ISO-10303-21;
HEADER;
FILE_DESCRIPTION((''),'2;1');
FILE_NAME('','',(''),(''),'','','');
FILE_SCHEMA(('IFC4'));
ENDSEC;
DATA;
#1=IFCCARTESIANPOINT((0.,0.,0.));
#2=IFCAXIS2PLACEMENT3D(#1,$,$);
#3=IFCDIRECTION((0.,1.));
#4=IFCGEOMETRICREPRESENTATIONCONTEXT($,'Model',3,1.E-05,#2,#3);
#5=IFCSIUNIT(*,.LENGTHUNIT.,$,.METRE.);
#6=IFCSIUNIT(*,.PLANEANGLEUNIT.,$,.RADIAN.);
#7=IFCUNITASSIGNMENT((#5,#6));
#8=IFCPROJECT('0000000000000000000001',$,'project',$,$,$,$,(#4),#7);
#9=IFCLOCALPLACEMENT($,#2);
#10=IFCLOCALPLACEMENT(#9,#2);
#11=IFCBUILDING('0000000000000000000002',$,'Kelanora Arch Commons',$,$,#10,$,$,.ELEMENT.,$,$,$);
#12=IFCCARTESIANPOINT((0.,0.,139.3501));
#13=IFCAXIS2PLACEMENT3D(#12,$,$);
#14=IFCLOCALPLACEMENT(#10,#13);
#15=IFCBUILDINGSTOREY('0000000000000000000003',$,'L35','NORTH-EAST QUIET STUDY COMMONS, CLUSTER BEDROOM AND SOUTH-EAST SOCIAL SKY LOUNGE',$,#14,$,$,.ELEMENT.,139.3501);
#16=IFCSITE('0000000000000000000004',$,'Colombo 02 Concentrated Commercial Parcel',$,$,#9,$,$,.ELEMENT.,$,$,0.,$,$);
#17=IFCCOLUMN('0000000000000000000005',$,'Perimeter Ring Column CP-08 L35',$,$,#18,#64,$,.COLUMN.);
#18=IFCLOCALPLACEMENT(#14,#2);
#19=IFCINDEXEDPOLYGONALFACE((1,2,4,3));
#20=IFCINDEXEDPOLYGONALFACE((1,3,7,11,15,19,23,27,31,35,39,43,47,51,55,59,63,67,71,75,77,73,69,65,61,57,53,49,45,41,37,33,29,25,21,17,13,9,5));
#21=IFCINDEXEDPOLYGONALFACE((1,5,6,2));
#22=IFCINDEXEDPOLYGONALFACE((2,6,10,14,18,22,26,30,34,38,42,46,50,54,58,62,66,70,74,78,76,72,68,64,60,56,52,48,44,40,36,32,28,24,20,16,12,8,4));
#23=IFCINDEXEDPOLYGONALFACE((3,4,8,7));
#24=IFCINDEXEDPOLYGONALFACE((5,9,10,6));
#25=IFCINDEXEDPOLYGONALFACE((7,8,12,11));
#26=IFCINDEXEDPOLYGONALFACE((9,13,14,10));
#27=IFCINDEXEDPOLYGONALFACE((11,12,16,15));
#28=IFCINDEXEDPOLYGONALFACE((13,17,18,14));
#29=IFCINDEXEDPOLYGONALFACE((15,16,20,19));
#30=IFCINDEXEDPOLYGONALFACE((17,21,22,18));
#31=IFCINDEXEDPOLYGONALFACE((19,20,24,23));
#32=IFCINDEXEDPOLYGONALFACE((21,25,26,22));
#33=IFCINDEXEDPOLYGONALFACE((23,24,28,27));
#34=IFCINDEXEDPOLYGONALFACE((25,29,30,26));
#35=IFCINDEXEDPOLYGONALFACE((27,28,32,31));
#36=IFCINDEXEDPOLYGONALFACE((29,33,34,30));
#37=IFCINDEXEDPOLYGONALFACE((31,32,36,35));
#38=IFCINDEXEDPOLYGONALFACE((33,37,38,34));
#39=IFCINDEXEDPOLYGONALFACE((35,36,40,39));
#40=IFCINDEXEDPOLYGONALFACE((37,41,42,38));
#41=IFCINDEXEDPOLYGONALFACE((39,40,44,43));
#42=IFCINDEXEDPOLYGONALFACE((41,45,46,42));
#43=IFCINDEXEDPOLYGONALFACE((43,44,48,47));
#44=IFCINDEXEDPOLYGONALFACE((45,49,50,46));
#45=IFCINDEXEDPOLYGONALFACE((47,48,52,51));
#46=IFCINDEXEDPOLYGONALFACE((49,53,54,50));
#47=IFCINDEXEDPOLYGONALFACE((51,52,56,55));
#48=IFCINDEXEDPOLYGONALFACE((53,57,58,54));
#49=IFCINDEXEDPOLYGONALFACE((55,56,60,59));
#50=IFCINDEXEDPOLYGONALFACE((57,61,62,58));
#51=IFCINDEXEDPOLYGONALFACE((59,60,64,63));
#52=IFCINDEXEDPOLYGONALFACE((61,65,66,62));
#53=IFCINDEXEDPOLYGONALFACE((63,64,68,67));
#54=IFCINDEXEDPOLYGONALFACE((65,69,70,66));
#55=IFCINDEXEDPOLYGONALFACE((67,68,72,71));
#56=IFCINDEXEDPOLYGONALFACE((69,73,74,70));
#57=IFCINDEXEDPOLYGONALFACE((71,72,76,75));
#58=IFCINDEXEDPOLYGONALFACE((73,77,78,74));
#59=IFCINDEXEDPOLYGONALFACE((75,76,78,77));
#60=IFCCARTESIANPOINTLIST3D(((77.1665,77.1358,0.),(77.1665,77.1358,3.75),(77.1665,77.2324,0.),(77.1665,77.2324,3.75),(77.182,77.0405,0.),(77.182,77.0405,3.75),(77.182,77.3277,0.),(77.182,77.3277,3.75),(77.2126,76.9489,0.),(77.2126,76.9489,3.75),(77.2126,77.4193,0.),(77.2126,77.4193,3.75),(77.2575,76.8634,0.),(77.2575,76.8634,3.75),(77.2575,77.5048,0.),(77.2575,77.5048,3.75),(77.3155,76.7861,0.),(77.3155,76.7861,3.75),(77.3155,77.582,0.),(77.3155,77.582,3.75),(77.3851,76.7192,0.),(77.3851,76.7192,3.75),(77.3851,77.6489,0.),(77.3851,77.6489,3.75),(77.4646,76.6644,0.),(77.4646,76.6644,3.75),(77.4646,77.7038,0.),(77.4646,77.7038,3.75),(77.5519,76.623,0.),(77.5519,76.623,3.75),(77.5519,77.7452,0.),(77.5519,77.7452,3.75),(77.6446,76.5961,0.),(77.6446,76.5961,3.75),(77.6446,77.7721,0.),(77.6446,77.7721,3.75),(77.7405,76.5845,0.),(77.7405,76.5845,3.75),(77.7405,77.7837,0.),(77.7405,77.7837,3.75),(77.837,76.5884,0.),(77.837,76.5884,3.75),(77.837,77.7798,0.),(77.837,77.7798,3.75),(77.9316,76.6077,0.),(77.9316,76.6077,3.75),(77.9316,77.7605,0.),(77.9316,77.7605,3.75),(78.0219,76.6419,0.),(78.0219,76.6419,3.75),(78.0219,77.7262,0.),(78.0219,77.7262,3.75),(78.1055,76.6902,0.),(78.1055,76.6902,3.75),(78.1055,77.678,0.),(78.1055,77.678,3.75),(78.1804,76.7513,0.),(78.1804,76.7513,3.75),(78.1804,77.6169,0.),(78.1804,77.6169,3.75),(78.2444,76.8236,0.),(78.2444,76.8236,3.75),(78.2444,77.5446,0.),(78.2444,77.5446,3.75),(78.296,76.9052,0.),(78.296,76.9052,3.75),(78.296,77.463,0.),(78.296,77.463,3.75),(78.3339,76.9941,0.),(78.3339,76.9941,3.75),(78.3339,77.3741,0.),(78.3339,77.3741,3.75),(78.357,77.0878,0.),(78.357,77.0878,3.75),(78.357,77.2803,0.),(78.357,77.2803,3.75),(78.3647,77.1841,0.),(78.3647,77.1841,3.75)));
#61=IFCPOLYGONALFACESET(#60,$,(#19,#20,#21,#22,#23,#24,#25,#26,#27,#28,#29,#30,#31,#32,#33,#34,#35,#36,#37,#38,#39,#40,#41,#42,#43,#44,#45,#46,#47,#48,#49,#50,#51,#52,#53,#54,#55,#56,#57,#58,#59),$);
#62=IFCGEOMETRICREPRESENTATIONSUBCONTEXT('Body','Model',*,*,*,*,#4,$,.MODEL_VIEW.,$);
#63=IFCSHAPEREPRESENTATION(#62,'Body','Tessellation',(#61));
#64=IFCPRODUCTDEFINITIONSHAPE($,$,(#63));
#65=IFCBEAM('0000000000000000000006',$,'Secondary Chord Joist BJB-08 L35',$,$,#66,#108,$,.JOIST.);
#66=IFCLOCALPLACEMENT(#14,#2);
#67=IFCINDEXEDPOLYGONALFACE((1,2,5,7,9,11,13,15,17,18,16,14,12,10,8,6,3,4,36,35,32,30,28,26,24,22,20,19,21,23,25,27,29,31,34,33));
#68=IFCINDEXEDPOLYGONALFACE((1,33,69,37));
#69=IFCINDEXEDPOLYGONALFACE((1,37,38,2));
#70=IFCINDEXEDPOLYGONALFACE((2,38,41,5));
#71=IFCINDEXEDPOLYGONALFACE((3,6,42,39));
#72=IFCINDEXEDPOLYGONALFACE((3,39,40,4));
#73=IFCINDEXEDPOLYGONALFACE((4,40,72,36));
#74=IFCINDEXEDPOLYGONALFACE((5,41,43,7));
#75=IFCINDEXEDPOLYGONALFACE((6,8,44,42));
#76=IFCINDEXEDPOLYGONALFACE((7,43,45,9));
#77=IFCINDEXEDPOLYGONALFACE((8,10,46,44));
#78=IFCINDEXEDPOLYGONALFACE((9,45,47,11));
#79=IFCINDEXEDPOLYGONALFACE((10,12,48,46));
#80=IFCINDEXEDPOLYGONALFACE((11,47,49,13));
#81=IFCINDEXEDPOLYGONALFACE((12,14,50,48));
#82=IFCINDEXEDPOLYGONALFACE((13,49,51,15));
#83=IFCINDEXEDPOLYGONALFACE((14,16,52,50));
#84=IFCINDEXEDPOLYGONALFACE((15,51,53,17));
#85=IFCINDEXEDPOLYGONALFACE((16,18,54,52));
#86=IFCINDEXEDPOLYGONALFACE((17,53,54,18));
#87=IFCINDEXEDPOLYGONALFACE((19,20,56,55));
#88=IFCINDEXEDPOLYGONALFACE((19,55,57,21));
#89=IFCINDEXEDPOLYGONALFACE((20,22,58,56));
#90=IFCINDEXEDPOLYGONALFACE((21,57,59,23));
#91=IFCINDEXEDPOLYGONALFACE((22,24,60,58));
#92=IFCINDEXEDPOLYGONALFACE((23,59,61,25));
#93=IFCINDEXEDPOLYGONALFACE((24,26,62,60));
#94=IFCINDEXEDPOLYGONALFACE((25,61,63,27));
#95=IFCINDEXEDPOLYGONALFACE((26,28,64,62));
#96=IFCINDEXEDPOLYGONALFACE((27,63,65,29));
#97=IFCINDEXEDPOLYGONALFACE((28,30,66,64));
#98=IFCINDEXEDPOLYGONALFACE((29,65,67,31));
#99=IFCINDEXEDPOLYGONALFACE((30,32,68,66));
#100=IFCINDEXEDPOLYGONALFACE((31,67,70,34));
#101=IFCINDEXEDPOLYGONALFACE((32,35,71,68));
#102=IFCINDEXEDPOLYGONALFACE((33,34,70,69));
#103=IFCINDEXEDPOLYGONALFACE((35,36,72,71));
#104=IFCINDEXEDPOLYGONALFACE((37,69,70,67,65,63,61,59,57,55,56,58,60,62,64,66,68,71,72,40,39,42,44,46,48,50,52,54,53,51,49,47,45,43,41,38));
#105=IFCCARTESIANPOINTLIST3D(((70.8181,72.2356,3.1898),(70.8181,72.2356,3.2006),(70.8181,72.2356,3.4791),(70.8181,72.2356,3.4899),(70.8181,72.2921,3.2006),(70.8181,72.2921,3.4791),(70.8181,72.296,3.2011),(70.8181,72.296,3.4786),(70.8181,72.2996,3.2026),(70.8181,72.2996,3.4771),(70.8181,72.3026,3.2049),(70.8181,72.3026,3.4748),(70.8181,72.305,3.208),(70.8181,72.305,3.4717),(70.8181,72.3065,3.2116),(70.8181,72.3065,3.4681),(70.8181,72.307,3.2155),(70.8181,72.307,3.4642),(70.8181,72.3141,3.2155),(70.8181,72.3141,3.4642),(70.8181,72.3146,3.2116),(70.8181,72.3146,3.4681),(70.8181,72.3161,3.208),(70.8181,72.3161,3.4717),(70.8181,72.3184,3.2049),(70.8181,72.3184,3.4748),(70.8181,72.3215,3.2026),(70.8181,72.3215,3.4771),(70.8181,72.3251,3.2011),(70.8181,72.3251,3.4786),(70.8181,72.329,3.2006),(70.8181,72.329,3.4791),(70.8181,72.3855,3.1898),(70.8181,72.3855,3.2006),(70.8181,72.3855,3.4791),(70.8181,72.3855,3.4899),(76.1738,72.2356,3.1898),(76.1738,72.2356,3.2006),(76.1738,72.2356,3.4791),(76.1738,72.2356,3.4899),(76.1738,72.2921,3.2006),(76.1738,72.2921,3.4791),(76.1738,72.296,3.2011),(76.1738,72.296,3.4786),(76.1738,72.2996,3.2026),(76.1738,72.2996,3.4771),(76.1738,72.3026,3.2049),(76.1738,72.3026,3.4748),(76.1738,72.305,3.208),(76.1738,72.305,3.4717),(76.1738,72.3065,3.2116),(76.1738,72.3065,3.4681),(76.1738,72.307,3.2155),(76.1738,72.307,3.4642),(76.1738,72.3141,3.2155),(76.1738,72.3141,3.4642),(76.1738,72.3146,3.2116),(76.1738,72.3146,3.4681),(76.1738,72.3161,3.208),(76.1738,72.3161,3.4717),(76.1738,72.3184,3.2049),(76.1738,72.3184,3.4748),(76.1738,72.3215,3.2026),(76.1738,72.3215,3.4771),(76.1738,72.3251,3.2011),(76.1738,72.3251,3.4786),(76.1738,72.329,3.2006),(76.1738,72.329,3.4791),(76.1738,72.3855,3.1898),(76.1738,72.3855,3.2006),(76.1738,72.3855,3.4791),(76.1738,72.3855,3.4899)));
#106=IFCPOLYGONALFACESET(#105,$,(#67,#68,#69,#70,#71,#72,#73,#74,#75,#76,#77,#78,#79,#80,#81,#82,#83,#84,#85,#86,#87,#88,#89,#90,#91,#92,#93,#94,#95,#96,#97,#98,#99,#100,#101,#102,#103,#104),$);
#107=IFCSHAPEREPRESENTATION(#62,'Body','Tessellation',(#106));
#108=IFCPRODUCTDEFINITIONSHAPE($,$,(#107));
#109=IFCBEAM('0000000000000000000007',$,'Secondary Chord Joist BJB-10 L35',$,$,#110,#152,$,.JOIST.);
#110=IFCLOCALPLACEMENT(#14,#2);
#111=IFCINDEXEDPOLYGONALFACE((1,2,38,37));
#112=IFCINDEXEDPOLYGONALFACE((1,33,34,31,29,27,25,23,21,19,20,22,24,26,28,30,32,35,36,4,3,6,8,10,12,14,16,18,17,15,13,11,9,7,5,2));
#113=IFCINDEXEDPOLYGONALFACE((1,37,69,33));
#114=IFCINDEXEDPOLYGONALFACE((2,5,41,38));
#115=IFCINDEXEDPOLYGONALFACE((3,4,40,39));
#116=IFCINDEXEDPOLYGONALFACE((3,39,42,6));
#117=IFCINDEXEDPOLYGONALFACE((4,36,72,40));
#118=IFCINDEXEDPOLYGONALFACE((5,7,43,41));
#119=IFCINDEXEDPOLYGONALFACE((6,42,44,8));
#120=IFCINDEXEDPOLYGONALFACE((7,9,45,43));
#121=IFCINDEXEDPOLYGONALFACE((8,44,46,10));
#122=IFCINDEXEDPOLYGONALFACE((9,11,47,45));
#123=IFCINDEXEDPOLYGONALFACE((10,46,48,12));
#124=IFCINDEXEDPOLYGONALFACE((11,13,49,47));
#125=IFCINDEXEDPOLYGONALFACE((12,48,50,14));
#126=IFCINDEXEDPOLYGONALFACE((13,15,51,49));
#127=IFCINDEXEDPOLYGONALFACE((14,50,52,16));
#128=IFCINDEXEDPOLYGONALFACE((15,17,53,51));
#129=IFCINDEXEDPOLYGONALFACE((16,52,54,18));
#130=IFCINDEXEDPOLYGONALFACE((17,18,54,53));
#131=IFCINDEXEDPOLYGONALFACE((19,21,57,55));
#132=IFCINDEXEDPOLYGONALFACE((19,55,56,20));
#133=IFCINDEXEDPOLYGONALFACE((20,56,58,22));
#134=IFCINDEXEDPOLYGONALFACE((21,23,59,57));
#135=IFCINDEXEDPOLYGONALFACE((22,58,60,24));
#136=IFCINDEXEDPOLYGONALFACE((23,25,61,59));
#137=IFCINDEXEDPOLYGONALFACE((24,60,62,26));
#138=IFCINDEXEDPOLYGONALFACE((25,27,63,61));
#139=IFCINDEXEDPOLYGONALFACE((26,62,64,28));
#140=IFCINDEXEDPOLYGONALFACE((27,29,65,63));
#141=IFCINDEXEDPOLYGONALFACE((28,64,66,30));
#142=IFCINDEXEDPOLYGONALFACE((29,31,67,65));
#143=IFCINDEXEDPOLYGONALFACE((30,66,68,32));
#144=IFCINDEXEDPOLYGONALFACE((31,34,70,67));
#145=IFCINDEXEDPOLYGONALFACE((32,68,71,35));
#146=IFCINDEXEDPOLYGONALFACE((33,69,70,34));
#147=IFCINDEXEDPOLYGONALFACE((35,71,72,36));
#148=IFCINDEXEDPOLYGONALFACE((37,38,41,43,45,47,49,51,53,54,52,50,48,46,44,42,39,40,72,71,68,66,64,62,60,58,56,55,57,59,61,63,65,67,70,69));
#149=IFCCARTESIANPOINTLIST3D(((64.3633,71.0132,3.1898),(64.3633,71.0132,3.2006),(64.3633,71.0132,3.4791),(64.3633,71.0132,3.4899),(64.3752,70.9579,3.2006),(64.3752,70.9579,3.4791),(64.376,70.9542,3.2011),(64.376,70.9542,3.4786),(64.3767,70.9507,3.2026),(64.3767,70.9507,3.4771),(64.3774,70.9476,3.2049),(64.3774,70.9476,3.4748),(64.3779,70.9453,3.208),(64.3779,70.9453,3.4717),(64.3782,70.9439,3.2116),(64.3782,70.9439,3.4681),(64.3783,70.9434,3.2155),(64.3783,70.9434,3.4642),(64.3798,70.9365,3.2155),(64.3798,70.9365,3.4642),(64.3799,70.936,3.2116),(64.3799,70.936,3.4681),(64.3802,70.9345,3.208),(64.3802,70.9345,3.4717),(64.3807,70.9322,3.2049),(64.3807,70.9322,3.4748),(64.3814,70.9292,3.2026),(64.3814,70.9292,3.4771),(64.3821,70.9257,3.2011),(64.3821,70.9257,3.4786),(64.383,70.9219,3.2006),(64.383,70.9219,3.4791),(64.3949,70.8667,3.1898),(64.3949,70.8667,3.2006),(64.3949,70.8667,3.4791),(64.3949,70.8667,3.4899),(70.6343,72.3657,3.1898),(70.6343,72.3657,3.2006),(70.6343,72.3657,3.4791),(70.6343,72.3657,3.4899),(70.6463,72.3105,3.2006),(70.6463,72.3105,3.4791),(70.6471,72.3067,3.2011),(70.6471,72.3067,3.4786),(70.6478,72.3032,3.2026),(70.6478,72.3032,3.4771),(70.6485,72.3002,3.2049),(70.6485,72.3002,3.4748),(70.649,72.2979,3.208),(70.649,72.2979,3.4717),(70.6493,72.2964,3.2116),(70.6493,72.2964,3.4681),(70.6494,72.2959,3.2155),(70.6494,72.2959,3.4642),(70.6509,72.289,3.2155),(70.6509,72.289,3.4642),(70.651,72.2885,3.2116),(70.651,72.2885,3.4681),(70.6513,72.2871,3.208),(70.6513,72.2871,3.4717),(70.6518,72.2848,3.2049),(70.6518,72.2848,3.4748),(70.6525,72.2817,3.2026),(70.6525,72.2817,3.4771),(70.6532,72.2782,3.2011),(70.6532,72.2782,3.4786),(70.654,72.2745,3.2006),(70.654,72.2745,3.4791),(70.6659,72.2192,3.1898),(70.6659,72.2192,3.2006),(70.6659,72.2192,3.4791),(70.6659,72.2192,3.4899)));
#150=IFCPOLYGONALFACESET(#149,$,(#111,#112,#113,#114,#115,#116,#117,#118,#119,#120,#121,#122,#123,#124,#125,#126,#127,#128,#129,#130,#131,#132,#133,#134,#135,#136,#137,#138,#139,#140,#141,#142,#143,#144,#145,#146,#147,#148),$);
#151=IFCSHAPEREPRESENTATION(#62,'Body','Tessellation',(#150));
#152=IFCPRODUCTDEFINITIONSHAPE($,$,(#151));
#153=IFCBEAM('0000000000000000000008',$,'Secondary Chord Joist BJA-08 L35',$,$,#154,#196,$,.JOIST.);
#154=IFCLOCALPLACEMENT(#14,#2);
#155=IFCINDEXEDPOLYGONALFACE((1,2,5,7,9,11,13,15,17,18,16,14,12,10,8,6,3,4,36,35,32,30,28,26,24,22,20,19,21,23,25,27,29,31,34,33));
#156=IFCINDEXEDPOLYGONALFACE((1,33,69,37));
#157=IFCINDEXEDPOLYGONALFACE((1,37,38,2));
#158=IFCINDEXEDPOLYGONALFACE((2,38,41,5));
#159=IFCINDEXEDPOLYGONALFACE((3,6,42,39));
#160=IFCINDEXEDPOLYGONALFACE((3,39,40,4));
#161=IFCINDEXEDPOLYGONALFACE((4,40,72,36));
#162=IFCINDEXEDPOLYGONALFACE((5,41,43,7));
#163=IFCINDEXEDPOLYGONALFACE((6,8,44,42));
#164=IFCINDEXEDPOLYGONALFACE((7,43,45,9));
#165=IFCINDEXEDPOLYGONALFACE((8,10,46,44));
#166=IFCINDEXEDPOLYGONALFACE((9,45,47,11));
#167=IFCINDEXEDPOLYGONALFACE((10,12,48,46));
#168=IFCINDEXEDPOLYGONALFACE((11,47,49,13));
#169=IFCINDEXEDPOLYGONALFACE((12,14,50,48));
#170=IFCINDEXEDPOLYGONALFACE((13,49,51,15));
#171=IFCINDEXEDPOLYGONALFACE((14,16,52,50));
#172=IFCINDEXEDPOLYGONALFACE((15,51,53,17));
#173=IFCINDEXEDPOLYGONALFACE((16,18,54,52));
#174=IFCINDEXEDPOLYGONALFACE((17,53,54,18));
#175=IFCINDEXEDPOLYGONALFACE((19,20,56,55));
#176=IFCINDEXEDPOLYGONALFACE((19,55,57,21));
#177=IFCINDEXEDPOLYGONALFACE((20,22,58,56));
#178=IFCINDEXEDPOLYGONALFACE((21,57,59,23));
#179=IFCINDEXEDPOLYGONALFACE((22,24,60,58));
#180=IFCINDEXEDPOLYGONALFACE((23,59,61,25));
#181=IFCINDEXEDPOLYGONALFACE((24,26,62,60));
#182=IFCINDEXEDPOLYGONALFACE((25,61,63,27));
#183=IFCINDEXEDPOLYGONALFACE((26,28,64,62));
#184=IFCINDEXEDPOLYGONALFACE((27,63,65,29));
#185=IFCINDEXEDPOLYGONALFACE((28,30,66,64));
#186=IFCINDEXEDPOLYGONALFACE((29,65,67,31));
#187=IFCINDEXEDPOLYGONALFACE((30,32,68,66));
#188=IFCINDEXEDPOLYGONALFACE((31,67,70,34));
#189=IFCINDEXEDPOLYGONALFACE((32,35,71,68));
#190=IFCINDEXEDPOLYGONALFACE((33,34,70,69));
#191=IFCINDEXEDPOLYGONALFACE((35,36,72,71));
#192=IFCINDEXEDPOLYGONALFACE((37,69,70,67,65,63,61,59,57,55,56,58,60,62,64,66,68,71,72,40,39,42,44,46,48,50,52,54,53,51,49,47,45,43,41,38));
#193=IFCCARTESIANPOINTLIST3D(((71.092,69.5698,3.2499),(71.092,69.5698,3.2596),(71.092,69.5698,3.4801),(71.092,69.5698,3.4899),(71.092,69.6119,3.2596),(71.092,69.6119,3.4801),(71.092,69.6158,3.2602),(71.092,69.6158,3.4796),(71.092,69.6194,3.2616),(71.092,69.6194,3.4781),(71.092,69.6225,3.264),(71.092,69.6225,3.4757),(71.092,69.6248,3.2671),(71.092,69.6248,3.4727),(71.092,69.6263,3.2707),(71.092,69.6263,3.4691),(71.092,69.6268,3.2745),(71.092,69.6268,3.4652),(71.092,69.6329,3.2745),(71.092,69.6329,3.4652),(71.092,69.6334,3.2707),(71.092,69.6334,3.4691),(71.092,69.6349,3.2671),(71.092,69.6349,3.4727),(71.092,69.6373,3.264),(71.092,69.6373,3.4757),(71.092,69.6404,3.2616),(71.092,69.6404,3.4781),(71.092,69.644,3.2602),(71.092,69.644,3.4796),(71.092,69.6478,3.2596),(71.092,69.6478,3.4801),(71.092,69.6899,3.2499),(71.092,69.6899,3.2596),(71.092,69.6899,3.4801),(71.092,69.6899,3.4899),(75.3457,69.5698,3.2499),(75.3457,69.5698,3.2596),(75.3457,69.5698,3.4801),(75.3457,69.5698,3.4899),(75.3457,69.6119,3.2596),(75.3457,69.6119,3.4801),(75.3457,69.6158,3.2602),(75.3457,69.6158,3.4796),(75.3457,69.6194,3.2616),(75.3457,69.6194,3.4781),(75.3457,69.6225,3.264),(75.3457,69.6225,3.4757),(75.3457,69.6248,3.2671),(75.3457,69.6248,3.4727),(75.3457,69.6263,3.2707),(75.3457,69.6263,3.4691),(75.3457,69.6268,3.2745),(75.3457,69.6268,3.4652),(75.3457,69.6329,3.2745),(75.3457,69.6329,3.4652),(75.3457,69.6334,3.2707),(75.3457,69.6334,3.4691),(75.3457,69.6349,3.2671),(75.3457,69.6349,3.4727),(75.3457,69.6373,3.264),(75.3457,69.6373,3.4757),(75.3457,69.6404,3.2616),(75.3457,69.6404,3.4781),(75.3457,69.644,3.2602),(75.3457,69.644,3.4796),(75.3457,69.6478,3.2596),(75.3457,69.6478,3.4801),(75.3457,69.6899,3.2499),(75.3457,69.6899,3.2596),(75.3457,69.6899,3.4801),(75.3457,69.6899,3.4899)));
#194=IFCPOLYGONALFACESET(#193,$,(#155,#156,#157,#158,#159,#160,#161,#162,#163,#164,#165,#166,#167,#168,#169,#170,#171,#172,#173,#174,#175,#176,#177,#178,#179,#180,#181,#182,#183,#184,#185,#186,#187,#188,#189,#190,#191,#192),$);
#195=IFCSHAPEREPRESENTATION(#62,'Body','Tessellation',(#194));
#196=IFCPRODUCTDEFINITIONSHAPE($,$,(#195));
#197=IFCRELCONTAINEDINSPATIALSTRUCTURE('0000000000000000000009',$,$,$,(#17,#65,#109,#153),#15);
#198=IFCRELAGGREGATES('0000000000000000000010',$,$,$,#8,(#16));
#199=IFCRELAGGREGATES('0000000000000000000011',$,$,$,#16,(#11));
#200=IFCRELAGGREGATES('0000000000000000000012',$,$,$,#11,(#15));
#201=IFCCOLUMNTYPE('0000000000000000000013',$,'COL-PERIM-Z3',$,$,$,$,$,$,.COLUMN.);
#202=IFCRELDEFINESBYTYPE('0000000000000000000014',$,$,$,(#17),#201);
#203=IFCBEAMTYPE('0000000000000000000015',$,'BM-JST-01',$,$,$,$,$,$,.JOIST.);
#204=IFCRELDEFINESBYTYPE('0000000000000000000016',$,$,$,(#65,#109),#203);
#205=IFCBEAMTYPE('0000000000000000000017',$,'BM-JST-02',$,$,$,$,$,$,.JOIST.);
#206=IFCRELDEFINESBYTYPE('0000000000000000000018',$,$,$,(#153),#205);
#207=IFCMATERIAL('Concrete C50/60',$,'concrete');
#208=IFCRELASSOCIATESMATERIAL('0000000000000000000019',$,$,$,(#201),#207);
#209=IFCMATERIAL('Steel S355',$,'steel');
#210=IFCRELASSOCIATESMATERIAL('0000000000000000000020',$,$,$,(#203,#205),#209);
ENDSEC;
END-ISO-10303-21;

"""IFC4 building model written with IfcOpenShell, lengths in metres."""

from ifc_helpers import new_model, si_unit, direction, frame, origin, origin_2d, place, context, subcontext, project, spatial, circle, i_section, extrude, material, material_profile, profile_set, type_object, element, save


model = new_model("IFC4")

# Units and contexts
model_context = context("Model", 3, precision=1e-05, world=origin(), true_north=direction((0.0, 1.0)))
body_context = subcontext(model_context, "Body", "Model", "MODEL_VIEW")
ifc_project = project(units=[si_unit("LENGTHUNIT", "METRE"), si_unit("PLANEANGLEUNIT", "RADIAN")], contexts=[model_context])

# Site, building, storey
site_placement = place(None, origin())
site = spatial("IfcSite", under=ifc_project, at=site_placement, Name="Colombo 02 Concentrated Commercial Parcel", CompositionType="ELEMENT", RefElevation=0.0)
building_placement = place(site_placement, origin())
building = spatial("IfcBuilding", under=site, at=building_placement, Name="Kelanora Arch Commons", CompositionType="ELEMENT")
storey_placement = place(building_placement, frame((0.0, 0.0, 139.3501)))
storey = spatial("IfcBuildingStorey", under=building, at=storey_placement, Name="L35", Description="NORTH-EAST QUIET STUDY COMMONS, CLUSTER BEDROOM AND SOUTH-EAST SOCIAL SKY LOUNGE", CompositionType="ELEMENT", Elevation=139.3501)

# Column
ifc_material_1 = material(Name="Concrete C50/60", Category="concrete")
ifc_material_profile_1 = material_profile(ifc_material_1, circle(Radius=0.6001, at=origin_2d()), Name="RCC1200")
ifc_profile_set_1 = profile_set([ifc_material_profile_1], Name="Concrete C50/60")
column_type = type_object("IfcColumnType", Name="COL-PERIM-Z3", PredefinedType="COLUMN", material=ifc_profile_set_1)
column_placement = place(storey_placement, frame((77.7646, 77.1841, 0.0), z_axis=(0.0, 0.0, 1.0), x_axis=(1.0, 0.0, 0.0)))
element("IfcColumn", 1, at=column_placement, inside=storey, type_object=column_type, Name="Perimeter Ring Column CP-08 L35", PredefinedType="COLUMN", context=body_context, shape_type="SweptSolid", body=[
    extrude(circle(Radius=0.6001, at=origin_2d()), origin(), (0.0, 0.0, 1.0), 3.75),
])

# Beams
ifc_material_2 = material(Name="Steel S355", Category="steel")
ifc_material_profile_2 = material_profile(ifc_material_2, i_section(OverallWidth=0.1499, OverallDepth=0.3, WebThickness=0.0071, FlangeThickness=0.0107, FilletRadius=0.0149, at=origin_2d()), Name="IPE300")
ifc_profile_set_2 = profile_set([ifc_material_profile_2], Name="Steel S355")
beam_type_1 = type_object("IfcBeamType", Name="BM-JST-01", PredefinedType="JOIST", material=ifc_profile_set_2)
beam_1_placement = place(storey_placement, frame((76.1738, 72.3105, 3.3398), z_axis=(-1.0, 0.0, 0.0), x_axis=(0.0, -1.0, 0.0)))
element("IfcBeam", 2, at=beam_1_placement, inside=storey, type_object=beam_type_1, Name="Secondary Chord Joist BJB-08 L35", PredefinedType="JOIST", context=body_context, shape_type="SweptSolid", body=[
    extrude(i_section(OverallWidth=0.1499, OverallDepth=0.3, WebThickness=0.0071, FlangeThickness=0.0107, FilletRadius=0.0149, at=origin_2d()), origin(), (0.0, 0.0, 1.0), 5.3557),
])
beam_2_placement = place(storey_placement, frame((70.6501, 72.2925, 3.3398), z_axis=(-0.977522, -0.210834, 0.0), x_axis=(0.210834, -0.977522, 0.0)))
element("IfcBeam", 3, at=beam_2_placement, inside=storey, type_object=beam_type_1, Name="Secondary Chord Joist BJB-10 L35", PredefinedType="JOIST", context=body_context, shape_type="SweptSolid", body=[
    extrude(i_section(OverallWidth=0.1499, OverallDepth=0.3, WebThickness=0.0071, FlangeThickness=0.0107, FilletRadius=0.0149, at=origin_2d()), origin(), (0.0, 0.0, 1.0), 6.4153),
])
ifc_material_profile_3 = material_profile(ifc_material_2, i_section(OverallWidth=0.1201, OverallDepth=0.24, WebThickness=0.0061, FlangeThickness=0.0098, FilletRadius=0.0149, at=origin_2d()), Name="IPE240")
ifc_profile_set_3 = profile_set([ifc_material_profile_3], Name="Steel S355")
beam_type_2 = type_object("IfcBeamType", Name="BM-JST-02", PredefinedType="JOIST", material=ifc_profile_set_3)
beam_3_placement = place(storey_placement, frame((75.3457, 69.6299, 3.3699), z_axis=(-1.0, 0.0, 0.0), x_axis=(0.0, -1.0, 0.0)))
element("IfcBeam", 4, at=beam_3_placement, inside=storey, type_object=beam_type_2, Name="Secondary Chord Joist BJA-08 L35", PredefinedType="JOIST", context=body_context, shape_type="SweptSolid", body=[
    extrude(i_section(OverallWidth=0.1201, OverallDepth=0.24, WebThickness=0.0061, FlangeThickness=0.0098, FilletRadius=0.0149, at=origin_2d()), origin(), (0.0, 0.0, 1.0), 4.2537),
])

save(model, "model.ifc")
